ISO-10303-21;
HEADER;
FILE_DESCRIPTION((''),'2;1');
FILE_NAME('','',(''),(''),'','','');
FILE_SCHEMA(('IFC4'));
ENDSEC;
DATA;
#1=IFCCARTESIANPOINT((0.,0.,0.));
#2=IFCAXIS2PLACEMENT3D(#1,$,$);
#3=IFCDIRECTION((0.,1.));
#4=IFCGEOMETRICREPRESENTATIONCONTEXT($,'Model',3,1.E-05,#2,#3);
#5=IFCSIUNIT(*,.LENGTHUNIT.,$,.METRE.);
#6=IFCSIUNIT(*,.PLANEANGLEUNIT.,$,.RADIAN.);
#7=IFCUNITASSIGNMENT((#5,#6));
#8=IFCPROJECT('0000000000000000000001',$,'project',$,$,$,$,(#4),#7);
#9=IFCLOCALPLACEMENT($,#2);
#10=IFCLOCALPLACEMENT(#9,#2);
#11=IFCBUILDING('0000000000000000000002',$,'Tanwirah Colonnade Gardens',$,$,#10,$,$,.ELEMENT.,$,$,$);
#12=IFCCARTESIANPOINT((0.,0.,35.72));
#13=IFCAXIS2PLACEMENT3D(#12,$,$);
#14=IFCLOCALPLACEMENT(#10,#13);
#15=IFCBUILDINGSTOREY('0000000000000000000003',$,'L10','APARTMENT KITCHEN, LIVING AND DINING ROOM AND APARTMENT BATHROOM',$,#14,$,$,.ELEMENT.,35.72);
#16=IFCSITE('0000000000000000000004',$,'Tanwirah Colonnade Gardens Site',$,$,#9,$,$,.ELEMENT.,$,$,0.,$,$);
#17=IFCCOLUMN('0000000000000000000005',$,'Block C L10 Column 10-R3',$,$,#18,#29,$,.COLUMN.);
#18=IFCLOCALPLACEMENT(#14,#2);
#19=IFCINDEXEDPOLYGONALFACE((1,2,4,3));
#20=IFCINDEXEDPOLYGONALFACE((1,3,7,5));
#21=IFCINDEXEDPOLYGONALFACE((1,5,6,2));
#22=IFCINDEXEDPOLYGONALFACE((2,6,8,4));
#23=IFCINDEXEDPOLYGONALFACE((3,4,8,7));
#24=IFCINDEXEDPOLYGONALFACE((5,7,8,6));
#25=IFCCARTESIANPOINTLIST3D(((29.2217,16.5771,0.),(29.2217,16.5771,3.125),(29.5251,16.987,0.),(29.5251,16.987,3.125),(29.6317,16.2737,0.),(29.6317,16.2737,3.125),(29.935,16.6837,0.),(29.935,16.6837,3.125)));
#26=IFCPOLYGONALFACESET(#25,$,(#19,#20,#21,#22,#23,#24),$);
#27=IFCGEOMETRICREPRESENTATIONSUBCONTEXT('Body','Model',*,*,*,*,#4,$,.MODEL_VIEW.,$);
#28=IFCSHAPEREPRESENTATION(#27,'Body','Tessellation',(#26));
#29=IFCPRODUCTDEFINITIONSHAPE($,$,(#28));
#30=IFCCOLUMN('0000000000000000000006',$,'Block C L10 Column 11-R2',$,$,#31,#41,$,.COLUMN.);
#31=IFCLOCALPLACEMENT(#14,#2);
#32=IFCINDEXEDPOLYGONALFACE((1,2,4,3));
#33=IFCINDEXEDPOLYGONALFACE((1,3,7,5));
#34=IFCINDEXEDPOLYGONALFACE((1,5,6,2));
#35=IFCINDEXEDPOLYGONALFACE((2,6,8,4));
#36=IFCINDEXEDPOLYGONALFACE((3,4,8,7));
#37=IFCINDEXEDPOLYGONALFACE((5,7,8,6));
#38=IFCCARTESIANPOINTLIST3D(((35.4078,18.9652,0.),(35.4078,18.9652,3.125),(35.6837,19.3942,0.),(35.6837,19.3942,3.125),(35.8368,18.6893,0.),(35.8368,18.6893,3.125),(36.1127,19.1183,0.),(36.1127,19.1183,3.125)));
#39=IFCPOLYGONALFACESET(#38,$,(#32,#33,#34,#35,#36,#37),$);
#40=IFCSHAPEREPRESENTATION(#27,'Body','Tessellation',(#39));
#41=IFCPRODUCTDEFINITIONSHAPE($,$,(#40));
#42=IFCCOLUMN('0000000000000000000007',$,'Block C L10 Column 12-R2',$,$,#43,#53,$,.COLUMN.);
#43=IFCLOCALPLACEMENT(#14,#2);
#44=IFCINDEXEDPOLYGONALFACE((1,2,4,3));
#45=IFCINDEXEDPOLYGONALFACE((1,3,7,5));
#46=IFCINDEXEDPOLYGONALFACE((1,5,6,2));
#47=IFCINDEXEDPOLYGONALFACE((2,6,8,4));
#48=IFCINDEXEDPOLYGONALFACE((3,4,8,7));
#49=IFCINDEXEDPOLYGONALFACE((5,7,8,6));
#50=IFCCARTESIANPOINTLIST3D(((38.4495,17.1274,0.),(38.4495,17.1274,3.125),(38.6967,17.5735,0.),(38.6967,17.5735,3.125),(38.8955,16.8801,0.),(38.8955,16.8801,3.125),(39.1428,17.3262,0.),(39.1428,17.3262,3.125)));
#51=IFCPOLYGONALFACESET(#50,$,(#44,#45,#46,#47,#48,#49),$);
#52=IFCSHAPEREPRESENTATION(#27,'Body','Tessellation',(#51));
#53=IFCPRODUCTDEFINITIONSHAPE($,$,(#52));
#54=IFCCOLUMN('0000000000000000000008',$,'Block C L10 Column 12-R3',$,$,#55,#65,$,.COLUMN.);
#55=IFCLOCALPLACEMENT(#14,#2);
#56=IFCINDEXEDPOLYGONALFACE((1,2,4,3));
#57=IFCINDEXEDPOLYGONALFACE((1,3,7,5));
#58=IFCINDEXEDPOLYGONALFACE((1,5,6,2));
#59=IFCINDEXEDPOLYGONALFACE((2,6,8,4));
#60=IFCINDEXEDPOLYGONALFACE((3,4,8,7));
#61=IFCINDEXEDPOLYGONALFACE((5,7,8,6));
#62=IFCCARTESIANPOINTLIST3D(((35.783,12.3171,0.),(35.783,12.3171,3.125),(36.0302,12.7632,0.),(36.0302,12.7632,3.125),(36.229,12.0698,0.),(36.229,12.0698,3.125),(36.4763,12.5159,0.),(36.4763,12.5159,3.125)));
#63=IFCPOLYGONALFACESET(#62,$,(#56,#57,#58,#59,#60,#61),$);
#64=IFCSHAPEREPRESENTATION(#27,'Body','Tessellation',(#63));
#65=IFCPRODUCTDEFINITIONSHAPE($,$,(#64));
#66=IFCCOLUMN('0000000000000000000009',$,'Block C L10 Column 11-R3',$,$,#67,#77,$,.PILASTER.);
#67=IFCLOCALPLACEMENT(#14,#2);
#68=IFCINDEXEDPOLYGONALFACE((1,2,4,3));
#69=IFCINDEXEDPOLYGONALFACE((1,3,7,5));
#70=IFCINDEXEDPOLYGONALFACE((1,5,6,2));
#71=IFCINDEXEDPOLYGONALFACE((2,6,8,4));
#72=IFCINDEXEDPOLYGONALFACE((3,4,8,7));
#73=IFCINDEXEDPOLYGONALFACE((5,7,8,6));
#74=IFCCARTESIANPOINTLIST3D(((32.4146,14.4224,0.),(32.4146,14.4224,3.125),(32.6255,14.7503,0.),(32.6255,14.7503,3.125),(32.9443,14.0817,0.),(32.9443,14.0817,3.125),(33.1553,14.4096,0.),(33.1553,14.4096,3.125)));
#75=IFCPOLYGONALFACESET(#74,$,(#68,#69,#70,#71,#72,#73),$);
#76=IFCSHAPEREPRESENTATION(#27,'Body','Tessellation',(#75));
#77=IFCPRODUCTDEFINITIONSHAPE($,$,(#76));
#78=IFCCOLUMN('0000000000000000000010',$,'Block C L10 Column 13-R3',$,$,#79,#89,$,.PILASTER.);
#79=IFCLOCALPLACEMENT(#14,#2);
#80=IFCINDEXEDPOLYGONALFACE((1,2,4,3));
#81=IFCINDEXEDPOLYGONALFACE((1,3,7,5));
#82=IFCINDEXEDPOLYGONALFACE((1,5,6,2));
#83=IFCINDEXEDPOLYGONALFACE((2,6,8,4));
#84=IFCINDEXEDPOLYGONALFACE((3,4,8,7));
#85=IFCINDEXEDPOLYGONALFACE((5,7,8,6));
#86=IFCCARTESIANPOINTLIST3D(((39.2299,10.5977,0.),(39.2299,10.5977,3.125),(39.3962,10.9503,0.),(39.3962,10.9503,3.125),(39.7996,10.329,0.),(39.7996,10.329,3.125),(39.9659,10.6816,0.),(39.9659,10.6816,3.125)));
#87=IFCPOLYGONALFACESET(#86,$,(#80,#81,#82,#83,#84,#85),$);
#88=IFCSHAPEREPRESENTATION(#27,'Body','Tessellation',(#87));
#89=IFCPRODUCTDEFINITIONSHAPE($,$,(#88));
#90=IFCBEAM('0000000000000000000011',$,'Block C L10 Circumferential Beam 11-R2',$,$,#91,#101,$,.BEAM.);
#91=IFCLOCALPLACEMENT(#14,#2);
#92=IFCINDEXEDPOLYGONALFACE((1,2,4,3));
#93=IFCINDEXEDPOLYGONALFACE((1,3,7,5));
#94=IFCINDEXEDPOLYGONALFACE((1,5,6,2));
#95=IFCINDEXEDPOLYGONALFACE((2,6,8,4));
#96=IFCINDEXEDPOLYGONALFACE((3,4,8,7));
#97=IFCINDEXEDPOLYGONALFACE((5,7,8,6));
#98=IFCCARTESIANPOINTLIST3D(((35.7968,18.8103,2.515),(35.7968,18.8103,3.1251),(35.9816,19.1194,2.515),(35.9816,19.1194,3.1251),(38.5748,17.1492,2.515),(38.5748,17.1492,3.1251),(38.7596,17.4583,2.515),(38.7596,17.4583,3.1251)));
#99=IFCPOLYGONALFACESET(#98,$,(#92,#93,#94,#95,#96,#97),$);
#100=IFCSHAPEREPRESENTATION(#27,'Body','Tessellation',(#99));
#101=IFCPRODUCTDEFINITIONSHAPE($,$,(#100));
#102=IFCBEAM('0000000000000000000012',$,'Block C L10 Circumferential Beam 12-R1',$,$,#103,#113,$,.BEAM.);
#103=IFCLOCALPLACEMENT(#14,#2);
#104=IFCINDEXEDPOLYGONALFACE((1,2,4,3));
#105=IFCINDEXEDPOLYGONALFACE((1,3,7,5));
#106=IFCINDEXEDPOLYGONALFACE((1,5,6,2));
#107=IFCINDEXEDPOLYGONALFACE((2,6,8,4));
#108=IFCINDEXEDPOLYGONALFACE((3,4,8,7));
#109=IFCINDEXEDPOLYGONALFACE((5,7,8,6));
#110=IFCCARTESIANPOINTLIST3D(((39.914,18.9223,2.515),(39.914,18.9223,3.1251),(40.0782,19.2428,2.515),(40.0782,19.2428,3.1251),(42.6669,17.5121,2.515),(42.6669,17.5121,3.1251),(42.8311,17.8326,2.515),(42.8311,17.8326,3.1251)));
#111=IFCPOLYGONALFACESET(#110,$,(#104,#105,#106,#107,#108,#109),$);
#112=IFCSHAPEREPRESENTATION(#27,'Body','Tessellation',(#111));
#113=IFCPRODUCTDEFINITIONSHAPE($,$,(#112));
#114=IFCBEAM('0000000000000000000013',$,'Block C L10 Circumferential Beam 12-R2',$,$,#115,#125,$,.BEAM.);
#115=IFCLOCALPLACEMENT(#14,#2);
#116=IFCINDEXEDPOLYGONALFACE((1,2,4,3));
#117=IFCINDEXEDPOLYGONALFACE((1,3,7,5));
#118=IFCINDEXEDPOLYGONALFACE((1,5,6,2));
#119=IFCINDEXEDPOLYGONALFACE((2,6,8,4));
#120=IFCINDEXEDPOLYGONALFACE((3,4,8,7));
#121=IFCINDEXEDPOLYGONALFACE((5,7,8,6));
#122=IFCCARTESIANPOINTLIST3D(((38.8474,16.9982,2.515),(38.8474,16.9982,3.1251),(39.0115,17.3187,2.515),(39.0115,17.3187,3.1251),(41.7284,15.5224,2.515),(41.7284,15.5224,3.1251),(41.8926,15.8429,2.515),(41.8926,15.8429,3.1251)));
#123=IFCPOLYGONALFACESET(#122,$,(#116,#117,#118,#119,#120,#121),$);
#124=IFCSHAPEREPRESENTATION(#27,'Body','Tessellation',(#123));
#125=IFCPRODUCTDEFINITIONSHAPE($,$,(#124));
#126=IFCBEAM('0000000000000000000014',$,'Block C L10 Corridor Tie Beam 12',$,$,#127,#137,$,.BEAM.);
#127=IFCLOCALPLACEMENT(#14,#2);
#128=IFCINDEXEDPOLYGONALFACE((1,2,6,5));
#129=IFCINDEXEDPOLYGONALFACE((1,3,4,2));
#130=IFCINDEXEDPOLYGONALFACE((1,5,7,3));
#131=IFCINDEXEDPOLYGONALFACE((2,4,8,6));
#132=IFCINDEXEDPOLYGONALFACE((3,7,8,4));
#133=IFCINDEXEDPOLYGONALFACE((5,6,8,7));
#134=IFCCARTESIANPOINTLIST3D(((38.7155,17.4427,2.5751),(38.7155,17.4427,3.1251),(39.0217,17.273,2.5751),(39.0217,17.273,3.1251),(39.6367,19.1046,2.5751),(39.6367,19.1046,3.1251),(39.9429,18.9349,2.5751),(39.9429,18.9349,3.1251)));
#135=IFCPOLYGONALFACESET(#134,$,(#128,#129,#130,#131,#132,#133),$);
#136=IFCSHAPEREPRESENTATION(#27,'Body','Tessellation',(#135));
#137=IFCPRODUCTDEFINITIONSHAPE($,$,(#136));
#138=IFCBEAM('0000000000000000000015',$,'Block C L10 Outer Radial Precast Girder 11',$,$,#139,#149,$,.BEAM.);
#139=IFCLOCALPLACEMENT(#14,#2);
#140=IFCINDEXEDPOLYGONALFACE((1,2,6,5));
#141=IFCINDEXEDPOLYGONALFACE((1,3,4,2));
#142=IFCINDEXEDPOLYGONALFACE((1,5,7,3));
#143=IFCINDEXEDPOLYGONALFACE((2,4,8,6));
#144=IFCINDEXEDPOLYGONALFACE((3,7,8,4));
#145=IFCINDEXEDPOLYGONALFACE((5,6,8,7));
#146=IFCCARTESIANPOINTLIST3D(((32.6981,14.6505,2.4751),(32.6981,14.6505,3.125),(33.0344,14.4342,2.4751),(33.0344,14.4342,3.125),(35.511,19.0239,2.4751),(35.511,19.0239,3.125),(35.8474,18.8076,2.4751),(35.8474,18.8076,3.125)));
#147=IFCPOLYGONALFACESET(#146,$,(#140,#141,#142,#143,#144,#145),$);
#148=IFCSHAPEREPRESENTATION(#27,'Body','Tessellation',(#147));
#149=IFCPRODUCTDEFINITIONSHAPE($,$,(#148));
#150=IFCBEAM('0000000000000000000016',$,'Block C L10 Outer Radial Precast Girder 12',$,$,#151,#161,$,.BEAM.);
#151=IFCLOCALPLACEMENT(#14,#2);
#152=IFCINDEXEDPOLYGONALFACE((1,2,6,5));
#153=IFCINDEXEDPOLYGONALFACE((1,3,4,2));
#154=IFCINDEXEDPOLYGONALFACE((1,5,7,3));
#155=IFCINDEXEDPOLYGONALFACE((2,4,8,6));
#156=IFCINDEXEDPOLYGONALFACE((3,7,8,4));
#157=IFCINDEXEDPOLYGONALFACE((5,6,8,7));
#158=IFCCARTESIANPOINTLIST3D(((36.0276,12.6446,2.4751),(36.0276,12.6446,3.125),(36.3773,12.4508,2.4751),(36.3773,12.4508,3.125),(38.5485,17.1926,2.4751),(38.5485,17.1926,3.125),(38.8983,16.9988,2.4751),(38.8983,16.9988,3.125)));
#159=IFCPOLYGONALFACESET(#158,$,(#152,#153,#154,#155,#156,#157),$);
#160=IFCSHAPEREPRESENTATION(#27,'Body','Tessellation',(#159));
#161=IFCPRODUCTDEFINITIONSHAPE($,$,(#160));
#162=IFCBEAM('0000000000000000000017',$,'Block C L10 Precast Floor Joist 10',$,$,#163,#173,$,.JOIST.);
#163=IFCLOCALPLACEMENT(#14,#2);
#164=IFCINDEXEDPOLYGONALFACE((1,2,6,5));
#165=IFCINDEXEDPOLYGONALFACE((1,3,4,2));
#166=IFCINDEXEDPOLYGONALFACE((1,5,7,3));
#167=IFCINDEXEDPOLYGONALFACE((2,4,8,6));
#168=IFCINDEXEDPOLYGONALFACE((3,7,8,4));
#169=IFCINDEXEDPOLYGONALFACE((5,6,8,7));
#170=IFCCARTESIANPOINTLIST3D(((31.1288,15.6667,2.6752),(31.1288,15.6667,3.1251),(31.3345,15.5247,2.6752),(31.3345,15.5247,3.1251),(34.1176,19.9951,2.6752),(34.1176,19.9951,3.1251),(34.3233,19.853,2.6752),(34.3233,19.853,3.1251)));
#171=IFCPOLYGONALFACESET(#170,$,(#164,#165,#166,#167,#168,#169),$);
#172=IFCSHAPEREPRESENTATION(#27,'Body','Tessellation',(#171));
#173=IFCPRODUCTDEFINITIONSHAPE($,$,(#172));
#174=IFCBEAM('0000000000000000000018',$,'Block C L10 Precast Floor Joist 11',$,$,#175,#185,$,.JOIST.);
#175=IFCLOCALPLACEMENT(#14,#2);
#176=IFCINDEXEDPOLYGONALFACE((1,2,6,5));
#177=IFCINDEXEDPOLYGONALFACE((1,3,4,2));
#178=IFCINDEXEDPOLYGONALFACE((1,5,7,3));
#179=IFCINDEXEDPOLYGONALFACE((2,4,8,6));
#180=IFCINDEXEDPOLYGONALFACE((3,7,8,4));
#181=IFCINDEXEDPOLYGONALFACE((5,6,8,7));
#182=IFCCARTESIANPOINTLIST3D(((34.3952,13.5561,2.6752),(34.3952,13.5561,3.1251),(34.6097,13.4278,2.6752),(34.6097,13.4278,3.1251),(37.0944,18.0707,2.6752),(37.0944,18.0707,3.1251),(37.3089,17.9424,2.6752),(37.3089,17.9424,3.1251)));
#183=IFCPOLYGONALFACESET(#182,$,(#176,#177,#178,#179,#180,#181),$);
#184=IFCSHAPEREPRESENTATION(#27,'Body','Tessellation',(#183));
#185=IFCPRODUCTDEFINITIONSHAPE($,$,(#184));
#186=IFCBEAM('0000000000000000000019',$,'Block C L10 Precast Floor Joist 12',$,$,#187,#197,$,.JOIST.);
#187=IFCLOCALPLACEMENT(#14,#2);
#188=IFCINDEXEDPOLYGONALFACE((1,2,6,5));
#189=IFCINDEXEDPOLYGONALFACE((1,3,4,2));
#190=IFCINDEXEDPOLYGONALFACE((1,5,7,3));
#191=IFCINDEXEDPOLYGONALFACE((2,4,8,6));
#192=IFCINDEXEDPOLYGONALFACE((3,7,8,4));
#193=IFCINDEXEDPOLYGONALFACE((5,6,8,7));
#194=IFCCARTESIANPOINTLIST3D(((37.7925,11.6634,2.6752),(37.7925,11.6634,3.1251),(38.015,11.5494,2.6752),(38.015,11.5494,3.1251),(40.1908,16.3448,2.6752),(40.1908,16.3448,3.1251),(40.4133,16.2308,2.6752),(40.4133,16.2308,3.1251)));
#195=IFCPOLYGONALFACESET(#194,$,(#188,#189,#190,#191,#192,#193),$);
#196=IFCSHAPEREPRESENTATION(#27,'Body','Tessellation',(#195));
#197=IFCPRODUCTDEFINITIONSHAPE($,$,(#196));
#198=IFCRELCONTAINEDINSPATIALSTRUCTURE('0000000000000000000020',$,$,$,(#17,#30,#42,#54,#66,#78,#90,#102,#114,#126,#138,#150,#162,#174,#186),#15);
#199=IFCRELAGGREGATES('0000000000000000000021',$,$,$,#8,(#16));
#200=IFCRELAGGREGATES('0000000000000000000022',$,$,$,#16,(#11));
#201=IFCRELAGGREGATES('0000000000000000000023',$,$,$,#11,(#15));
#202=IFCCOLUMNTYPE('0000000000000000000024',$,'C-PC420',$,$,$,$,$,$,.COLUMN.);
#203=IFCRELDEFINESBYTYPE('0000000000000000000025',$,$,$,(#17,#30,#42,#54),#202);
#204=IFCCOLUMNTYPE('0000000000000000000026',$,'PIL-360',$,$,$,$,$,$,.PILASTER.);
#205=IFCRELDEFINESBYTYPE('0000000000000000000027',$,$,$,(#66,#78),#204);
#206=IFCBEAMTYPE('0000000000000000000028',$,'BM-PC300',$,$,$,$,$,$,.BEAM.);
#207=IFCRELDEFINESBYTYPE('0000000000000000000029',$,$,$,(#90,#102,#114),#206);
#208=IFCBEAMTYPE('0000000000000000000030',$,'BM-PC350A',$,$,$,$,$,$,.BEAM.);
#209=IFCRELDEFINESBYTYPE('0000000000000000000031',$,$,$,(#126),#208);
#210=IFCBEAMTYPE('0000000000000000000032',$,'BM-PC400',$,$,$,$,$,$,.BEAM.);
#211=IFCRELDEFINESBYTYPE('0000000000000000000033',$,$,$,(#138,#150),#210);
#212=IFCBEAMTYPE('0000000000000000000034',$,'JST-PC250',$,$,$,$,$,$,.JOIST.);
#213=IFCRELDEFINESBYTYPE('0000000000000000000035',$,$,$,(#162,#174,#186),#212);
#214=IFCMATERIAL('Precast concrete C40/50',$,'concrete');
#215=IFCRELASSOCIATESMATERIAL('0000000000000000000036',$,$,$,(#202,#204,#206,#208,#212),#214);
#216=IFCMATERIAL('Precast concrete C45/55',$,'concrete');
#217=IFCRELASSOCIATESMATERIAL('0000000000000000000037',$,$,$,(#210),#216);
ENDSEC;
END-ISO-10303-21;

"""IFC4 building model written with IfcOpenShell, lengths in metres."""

from ifc_helpers import new_model, si_unit, direction, frame, origin, origin_2d, place, context, subcontext, project, spatial, rectangle, extrude, material, material_profile, profile_set, type_object, element, save


model = new_model("IFC4")

# Units and contexts
model_context = context("Model", 3, precision=1e-05, world=origin(), true_north=direction((0.0, 1.0)))
body_context = subcontext(model_context, "Body", "Model", "MODEL_VIEW")
ifc_project = project(units=[si_unit("LENGTHUNIT", "METRE"), si_unit("PLANEANGLEUNIT", "RADIAN")], contexts=[model_context])

# Site, building, storey
site_placement = place(None, origin())
site = spatial("IfcSite", under=ifc_project, at=site_placement, Name="Tanwirah Colonnade Gardens Site", CompositionType="ELEMENT", RefElevation=0.0)
building_placement = place(site_placement, origin())
building = spatial("IfcBuilding", under=site, at=building_placement, Name="Tanwirah Colonnade Gardens", CompositionType="ELEMENT")
storey_placement = place(building_placement, frame((0.0, 0.0, 35.72)))
storey = spatial("IfcBuildingStorey", under=building, at=storey_placement, Name="L10", Description="APARTMENT KITCHEN, LIVING AND DINING ROOM AND APARTMENT BATHROOM", CompositionType="ELEMENT", Elevation=35.72)

# Columns
ifc_material_1 = material(Name="Precast concrete C40/50", Category="concrete")
ifc_material_profile_1 = material_profile(ifc_material_1, rectangle(XDim=0.51, YDim=0.51, at=origin_2d()), Name="PC-COL 510x510")
ifc_profile_set_1 = profile_set([ifc_material_profile_1], Name="Precast concrete C40/50")
column_type_1 = type_object("IfcColumnType", Name="C-PC420", PredefinedType="COLUMN", material=ifc_profile_set_1)
for number, where, z_axis, x_axis, name in (
    (1, (29.5784, 16.6304, 0.0), (0.0, 0.0, 1.0), (-0.594823, -0.803857, 0.0), "Block C L10 Column 10-R3"),
    (2, (35.7603, 19.0417, 0.0), (0.0, 0.0, 1.0), (-0.540974, -0.841039, 0.0), "Block C L10 Column 11-R2"),
    (3, (38.7961, 17.2268, 0.0), (0.0, 0.0, 1.0), (-0.48481, -0.87462, 0.0), "Block C L10 Column 12-R2"),
    (4, (36.1296, 12.4165, 0.0), (0.0, 0.0, 1.0), (-0.48481, -0.87462, 0.0), "Block C L10 Column 12-R3"),
):
    element("IfcColumn", number, at=place(storey_placement, frame(where, z_axis=z_axis, x_axis=x_axis)), inside=storey, type_object=column_type_1, Name=name, PredefinedType="COLUMN", context=body_context, shape_type="SweptSolid", body=[
        extrude(rectangle(XDim=0.51, YDim=0.51, at=origin_2d()), origin(), (0.0, 0.0, 1.0), 3.125),
    ])
ifc_material_profile_2 = material_profile(ifc_material_1, rectangle(XDim=0.3899, YDim=0.6299, at=origin_2d()), Name="PC-PIL 390x630")
ifc_profile_set_2 = profile_set([ifc_material_profile_2], Name="Precast concrete C40/50")
column_type_2 = type_object("IfcColumnType", Name="PIL-360", PredefinedType="PILASTER", material=ifc_profile_set_2)
for number, where, z_axis, x_axis, name in (
    (5, (32.7849, 14.416, 0.0), (0.0, 0.0, 1.0), (-0.540974, -0.841039, 0.0), "Block C L10 Column 11-R3"),
    (6, (39.5979, 10.6396, 0.0), (0.0, 0.0, 1.0), (-0.426569, -0.904455, 0.0), "Block C L10 Column 13-R3"),
):
    element("IfcColumn", number, at=place(storey_placement, frame(where, z_axis=z_axis, x_axis=x_axis)), inside=storey, type_object=column_type_2, Name=name, PredefinedType="PILASTER", context=body_context, shape_type="SweptSolid", body=[
        extrude(rectangle(XDim=0.3899, YDim=0.6299, at=origin_2d()), origin(), (0.0, 0.0, 1.0), 3.125),
    ])

# Beams
ifc_material_profile_3 = material_profile(ifc_material_1, rectangle(XDim=0.3601, YDim=0.6101, at=origin_2d()), Name="PC-BM 360x610")
ifc_profile_set_3 = profile_set([ifc_material_profile_3], Name="Precast concrete C40/50")
beam_type_1 = type_object("IfcBeamType", Name="BM-PC300", PredefinedType="BEAM", material=ifc_profile_set_3)
beam_1_placement = place(storey_placement, frame((35.8892, 18.9648, 2.8201), z_axis=(0.858271, -0.513197, 0.0), x_axis=(0.513197, 0.858271, 0.0)))
element("IfcBeam", 7, at=beam_1_placement, inside=storey, type_object=beam_type_1, Name="Block C L10 Circumferential Beam 11-R2", PredefinedType="BEAM", context=body_context, shape_type="SweptSolid", body=[
    extrude(rectangle(XDim=0.3601, YDim=0.6101, at=origin_2d()), origin(), (0.0, 0.0, 1.0), 3.2368),
])
beam_2_placement = place(storey_placement, frame((39.9961, 19.0825, 2.8201), z_axis=(0.890028, -0.455906, 0.0), x_axis=(0.455906, 0.890028, 0.0)))
element("IfcBeam", 8, at=beam_2_placement, inside=storey, type_object=beam_type_1, Name="Block C L10 Circumferential Beam 12-R1", PredefinedType="BEAM", context=body_context, shape_type="SweptSolid", body=[
    extrude(rectangle(XDim=0.3601, YDim=0.6101, at=origin_2d()), origin(), (0.0, 0.0, 1.0), 3.093),
])
beam_3_placement = place(storey_placement, frame((38.9294, 17.1584, 2.8201), z_axis=(0.890025, -0.455911, 0.0), x_axis=(0.455911, 0.890025, 0.0)))
element("IfcBeam", 9, at=beam_3_placement, inside=storey, type_object=beam_type_1, Name="Block C L10 Circumferential Beam 12-R2", PredefinedType="BEAM", context=body_context, shape_type="SweptSolid", body=[
    extrude(rectangle(XDim=0.3601, YDim=0.6101, at=origin_2d()), origin(), (0.0, 0.0, 1.0), 3.2371),
])
ifc_material_profile_4 = material_profile(ifc_material_1, rectangle(XDim=0.3501, YDim=0.55, at=origin_2d()), Name="PC-BM 350x550")
ifc_profile_set_4 = profile_set([ifc_material_profile_4], Name="Precast concrete C40/50")
beam_type_2 = type_object("IfcBeamType", Name="BM-PC350A", PredefinedType="BEAM", material=ifc_profile_set_4)
beam_4_placement = place(storey_placement, frame((39.7898, 19.0198, 2.8501), z_axis=(-0.484792, -0.87463, 0.0), x_axis=(0.87463, -0.484792, 0.0)))
element("IfcBeam", 10, at=beam_4_placement, inside=storey, type_object=beam_type_2, Name="Block C L10 Corridor Tie Beam 12", PredefinedType="BEAM", context=body_context, shape_type="SweptSolid", body=[
    extrude(rectangle(XDim=0.3501, YDim=0.55, at=origin_2d()), origin(), (0.0, 0.0, 1.0), 1.9001),
])
ifc_material_2 = material(Name="Precast concrete C45/55", Category="concrete")
ifc_material_profile_5 = material_profile(ifc_material_2, rectangle(XDim=0.3999, YDim=0.6499, at=origin_2d()), Name="PC-BM 400x650")
ifc_profile_set_5 = profile_set([ifc_material_profile_5], Name="Precast concrete C45/55")
beam_type_3 = type_object("IfcBeamType", Name="BM-PC400", PredefinedType="BEAM", material=ifc_profile_set_5)
for number, where, z_axis, x_axis, name in (
    (11, (35.6792, 18.9158, 2.8), (-0.540952, -0.841053, 0.0), (0.841053, -0.540952, 0.0), "Block C L10 Outer Radial Precast Girder 11"),
    (12, (38.7234, 17.0957, 2.8), (-0.484802, -0.874624, 0.0), (0.874624, -0.484802, 0.0), "Block C L10 Outer Radial Precast Girder 12"),
):
    element("IfcBeam", number, at=place(storey_placement, frame(where, z_axis=z_axis, x_axis=x_axis)), inside=storey, type_object=beam_type_3, Name=name, PredefinedType="BEAM", context=body_context, shape_type="SweptSolid", body=[
        extrude(rectangle(XDim=0.3999, YDim=0.6499, at=origin_2d()), origin(), (0.0, 0.0, 1.0), 5.2),
    ])
ifc_material_profile_6 = material_profile(ifc_material_1, rectangle(XDim=0.25, YDim=0.45, at=origin_2d()), Name="PC-JST 250x450")
ifc_profile_set_6 = profile_set([ifc_material_profile_6], Name="Precast concrete C40/50")
beam_type_4 = type_object("IfcBeamType", Name="JST-PC250", PredefinedType="JOIST", material=ifc_profile_set_6)
for number, where, z_axis, x_axis, name in (
    (13, (34.2205, 19.9241, 2.9001), (-0.568208, -0.822885, 0.0), (0.822885, -0.568208, 0.0), "Block C L10 Precast Floor Joist 10"),
    (14, (37.2017, 18.0066, 2.9001), (-0.513157, -0.858295, 0.0), (0.858295, -0.513157, 0.0), "Block C L10 Precast Floor Joist 11"),
    (15, (40.302, 16.2878, 2.9001), (-0.455937, -0.890012, 0.0), (0.890012, -0.455937, 0.0), "Block C L10 Precast Floor Joist 12"),
):
    element("IfcBeam", number, at=place(storey_placement, frame(where, z_axis=z_axis, x_axis=x_axis)), inside=storey, type_object=beam_type_4, Name=name, PredefinedType="JOIST", context=body_context, shape_type="SweptSolid", body=[
        extrude(rectangle(XDim=0.25, YDim=0.45, at=origin_2d()), origin(), (0.0, 0.0, 1.0), 5.26),
    ])

save(model, "model.ifc")
